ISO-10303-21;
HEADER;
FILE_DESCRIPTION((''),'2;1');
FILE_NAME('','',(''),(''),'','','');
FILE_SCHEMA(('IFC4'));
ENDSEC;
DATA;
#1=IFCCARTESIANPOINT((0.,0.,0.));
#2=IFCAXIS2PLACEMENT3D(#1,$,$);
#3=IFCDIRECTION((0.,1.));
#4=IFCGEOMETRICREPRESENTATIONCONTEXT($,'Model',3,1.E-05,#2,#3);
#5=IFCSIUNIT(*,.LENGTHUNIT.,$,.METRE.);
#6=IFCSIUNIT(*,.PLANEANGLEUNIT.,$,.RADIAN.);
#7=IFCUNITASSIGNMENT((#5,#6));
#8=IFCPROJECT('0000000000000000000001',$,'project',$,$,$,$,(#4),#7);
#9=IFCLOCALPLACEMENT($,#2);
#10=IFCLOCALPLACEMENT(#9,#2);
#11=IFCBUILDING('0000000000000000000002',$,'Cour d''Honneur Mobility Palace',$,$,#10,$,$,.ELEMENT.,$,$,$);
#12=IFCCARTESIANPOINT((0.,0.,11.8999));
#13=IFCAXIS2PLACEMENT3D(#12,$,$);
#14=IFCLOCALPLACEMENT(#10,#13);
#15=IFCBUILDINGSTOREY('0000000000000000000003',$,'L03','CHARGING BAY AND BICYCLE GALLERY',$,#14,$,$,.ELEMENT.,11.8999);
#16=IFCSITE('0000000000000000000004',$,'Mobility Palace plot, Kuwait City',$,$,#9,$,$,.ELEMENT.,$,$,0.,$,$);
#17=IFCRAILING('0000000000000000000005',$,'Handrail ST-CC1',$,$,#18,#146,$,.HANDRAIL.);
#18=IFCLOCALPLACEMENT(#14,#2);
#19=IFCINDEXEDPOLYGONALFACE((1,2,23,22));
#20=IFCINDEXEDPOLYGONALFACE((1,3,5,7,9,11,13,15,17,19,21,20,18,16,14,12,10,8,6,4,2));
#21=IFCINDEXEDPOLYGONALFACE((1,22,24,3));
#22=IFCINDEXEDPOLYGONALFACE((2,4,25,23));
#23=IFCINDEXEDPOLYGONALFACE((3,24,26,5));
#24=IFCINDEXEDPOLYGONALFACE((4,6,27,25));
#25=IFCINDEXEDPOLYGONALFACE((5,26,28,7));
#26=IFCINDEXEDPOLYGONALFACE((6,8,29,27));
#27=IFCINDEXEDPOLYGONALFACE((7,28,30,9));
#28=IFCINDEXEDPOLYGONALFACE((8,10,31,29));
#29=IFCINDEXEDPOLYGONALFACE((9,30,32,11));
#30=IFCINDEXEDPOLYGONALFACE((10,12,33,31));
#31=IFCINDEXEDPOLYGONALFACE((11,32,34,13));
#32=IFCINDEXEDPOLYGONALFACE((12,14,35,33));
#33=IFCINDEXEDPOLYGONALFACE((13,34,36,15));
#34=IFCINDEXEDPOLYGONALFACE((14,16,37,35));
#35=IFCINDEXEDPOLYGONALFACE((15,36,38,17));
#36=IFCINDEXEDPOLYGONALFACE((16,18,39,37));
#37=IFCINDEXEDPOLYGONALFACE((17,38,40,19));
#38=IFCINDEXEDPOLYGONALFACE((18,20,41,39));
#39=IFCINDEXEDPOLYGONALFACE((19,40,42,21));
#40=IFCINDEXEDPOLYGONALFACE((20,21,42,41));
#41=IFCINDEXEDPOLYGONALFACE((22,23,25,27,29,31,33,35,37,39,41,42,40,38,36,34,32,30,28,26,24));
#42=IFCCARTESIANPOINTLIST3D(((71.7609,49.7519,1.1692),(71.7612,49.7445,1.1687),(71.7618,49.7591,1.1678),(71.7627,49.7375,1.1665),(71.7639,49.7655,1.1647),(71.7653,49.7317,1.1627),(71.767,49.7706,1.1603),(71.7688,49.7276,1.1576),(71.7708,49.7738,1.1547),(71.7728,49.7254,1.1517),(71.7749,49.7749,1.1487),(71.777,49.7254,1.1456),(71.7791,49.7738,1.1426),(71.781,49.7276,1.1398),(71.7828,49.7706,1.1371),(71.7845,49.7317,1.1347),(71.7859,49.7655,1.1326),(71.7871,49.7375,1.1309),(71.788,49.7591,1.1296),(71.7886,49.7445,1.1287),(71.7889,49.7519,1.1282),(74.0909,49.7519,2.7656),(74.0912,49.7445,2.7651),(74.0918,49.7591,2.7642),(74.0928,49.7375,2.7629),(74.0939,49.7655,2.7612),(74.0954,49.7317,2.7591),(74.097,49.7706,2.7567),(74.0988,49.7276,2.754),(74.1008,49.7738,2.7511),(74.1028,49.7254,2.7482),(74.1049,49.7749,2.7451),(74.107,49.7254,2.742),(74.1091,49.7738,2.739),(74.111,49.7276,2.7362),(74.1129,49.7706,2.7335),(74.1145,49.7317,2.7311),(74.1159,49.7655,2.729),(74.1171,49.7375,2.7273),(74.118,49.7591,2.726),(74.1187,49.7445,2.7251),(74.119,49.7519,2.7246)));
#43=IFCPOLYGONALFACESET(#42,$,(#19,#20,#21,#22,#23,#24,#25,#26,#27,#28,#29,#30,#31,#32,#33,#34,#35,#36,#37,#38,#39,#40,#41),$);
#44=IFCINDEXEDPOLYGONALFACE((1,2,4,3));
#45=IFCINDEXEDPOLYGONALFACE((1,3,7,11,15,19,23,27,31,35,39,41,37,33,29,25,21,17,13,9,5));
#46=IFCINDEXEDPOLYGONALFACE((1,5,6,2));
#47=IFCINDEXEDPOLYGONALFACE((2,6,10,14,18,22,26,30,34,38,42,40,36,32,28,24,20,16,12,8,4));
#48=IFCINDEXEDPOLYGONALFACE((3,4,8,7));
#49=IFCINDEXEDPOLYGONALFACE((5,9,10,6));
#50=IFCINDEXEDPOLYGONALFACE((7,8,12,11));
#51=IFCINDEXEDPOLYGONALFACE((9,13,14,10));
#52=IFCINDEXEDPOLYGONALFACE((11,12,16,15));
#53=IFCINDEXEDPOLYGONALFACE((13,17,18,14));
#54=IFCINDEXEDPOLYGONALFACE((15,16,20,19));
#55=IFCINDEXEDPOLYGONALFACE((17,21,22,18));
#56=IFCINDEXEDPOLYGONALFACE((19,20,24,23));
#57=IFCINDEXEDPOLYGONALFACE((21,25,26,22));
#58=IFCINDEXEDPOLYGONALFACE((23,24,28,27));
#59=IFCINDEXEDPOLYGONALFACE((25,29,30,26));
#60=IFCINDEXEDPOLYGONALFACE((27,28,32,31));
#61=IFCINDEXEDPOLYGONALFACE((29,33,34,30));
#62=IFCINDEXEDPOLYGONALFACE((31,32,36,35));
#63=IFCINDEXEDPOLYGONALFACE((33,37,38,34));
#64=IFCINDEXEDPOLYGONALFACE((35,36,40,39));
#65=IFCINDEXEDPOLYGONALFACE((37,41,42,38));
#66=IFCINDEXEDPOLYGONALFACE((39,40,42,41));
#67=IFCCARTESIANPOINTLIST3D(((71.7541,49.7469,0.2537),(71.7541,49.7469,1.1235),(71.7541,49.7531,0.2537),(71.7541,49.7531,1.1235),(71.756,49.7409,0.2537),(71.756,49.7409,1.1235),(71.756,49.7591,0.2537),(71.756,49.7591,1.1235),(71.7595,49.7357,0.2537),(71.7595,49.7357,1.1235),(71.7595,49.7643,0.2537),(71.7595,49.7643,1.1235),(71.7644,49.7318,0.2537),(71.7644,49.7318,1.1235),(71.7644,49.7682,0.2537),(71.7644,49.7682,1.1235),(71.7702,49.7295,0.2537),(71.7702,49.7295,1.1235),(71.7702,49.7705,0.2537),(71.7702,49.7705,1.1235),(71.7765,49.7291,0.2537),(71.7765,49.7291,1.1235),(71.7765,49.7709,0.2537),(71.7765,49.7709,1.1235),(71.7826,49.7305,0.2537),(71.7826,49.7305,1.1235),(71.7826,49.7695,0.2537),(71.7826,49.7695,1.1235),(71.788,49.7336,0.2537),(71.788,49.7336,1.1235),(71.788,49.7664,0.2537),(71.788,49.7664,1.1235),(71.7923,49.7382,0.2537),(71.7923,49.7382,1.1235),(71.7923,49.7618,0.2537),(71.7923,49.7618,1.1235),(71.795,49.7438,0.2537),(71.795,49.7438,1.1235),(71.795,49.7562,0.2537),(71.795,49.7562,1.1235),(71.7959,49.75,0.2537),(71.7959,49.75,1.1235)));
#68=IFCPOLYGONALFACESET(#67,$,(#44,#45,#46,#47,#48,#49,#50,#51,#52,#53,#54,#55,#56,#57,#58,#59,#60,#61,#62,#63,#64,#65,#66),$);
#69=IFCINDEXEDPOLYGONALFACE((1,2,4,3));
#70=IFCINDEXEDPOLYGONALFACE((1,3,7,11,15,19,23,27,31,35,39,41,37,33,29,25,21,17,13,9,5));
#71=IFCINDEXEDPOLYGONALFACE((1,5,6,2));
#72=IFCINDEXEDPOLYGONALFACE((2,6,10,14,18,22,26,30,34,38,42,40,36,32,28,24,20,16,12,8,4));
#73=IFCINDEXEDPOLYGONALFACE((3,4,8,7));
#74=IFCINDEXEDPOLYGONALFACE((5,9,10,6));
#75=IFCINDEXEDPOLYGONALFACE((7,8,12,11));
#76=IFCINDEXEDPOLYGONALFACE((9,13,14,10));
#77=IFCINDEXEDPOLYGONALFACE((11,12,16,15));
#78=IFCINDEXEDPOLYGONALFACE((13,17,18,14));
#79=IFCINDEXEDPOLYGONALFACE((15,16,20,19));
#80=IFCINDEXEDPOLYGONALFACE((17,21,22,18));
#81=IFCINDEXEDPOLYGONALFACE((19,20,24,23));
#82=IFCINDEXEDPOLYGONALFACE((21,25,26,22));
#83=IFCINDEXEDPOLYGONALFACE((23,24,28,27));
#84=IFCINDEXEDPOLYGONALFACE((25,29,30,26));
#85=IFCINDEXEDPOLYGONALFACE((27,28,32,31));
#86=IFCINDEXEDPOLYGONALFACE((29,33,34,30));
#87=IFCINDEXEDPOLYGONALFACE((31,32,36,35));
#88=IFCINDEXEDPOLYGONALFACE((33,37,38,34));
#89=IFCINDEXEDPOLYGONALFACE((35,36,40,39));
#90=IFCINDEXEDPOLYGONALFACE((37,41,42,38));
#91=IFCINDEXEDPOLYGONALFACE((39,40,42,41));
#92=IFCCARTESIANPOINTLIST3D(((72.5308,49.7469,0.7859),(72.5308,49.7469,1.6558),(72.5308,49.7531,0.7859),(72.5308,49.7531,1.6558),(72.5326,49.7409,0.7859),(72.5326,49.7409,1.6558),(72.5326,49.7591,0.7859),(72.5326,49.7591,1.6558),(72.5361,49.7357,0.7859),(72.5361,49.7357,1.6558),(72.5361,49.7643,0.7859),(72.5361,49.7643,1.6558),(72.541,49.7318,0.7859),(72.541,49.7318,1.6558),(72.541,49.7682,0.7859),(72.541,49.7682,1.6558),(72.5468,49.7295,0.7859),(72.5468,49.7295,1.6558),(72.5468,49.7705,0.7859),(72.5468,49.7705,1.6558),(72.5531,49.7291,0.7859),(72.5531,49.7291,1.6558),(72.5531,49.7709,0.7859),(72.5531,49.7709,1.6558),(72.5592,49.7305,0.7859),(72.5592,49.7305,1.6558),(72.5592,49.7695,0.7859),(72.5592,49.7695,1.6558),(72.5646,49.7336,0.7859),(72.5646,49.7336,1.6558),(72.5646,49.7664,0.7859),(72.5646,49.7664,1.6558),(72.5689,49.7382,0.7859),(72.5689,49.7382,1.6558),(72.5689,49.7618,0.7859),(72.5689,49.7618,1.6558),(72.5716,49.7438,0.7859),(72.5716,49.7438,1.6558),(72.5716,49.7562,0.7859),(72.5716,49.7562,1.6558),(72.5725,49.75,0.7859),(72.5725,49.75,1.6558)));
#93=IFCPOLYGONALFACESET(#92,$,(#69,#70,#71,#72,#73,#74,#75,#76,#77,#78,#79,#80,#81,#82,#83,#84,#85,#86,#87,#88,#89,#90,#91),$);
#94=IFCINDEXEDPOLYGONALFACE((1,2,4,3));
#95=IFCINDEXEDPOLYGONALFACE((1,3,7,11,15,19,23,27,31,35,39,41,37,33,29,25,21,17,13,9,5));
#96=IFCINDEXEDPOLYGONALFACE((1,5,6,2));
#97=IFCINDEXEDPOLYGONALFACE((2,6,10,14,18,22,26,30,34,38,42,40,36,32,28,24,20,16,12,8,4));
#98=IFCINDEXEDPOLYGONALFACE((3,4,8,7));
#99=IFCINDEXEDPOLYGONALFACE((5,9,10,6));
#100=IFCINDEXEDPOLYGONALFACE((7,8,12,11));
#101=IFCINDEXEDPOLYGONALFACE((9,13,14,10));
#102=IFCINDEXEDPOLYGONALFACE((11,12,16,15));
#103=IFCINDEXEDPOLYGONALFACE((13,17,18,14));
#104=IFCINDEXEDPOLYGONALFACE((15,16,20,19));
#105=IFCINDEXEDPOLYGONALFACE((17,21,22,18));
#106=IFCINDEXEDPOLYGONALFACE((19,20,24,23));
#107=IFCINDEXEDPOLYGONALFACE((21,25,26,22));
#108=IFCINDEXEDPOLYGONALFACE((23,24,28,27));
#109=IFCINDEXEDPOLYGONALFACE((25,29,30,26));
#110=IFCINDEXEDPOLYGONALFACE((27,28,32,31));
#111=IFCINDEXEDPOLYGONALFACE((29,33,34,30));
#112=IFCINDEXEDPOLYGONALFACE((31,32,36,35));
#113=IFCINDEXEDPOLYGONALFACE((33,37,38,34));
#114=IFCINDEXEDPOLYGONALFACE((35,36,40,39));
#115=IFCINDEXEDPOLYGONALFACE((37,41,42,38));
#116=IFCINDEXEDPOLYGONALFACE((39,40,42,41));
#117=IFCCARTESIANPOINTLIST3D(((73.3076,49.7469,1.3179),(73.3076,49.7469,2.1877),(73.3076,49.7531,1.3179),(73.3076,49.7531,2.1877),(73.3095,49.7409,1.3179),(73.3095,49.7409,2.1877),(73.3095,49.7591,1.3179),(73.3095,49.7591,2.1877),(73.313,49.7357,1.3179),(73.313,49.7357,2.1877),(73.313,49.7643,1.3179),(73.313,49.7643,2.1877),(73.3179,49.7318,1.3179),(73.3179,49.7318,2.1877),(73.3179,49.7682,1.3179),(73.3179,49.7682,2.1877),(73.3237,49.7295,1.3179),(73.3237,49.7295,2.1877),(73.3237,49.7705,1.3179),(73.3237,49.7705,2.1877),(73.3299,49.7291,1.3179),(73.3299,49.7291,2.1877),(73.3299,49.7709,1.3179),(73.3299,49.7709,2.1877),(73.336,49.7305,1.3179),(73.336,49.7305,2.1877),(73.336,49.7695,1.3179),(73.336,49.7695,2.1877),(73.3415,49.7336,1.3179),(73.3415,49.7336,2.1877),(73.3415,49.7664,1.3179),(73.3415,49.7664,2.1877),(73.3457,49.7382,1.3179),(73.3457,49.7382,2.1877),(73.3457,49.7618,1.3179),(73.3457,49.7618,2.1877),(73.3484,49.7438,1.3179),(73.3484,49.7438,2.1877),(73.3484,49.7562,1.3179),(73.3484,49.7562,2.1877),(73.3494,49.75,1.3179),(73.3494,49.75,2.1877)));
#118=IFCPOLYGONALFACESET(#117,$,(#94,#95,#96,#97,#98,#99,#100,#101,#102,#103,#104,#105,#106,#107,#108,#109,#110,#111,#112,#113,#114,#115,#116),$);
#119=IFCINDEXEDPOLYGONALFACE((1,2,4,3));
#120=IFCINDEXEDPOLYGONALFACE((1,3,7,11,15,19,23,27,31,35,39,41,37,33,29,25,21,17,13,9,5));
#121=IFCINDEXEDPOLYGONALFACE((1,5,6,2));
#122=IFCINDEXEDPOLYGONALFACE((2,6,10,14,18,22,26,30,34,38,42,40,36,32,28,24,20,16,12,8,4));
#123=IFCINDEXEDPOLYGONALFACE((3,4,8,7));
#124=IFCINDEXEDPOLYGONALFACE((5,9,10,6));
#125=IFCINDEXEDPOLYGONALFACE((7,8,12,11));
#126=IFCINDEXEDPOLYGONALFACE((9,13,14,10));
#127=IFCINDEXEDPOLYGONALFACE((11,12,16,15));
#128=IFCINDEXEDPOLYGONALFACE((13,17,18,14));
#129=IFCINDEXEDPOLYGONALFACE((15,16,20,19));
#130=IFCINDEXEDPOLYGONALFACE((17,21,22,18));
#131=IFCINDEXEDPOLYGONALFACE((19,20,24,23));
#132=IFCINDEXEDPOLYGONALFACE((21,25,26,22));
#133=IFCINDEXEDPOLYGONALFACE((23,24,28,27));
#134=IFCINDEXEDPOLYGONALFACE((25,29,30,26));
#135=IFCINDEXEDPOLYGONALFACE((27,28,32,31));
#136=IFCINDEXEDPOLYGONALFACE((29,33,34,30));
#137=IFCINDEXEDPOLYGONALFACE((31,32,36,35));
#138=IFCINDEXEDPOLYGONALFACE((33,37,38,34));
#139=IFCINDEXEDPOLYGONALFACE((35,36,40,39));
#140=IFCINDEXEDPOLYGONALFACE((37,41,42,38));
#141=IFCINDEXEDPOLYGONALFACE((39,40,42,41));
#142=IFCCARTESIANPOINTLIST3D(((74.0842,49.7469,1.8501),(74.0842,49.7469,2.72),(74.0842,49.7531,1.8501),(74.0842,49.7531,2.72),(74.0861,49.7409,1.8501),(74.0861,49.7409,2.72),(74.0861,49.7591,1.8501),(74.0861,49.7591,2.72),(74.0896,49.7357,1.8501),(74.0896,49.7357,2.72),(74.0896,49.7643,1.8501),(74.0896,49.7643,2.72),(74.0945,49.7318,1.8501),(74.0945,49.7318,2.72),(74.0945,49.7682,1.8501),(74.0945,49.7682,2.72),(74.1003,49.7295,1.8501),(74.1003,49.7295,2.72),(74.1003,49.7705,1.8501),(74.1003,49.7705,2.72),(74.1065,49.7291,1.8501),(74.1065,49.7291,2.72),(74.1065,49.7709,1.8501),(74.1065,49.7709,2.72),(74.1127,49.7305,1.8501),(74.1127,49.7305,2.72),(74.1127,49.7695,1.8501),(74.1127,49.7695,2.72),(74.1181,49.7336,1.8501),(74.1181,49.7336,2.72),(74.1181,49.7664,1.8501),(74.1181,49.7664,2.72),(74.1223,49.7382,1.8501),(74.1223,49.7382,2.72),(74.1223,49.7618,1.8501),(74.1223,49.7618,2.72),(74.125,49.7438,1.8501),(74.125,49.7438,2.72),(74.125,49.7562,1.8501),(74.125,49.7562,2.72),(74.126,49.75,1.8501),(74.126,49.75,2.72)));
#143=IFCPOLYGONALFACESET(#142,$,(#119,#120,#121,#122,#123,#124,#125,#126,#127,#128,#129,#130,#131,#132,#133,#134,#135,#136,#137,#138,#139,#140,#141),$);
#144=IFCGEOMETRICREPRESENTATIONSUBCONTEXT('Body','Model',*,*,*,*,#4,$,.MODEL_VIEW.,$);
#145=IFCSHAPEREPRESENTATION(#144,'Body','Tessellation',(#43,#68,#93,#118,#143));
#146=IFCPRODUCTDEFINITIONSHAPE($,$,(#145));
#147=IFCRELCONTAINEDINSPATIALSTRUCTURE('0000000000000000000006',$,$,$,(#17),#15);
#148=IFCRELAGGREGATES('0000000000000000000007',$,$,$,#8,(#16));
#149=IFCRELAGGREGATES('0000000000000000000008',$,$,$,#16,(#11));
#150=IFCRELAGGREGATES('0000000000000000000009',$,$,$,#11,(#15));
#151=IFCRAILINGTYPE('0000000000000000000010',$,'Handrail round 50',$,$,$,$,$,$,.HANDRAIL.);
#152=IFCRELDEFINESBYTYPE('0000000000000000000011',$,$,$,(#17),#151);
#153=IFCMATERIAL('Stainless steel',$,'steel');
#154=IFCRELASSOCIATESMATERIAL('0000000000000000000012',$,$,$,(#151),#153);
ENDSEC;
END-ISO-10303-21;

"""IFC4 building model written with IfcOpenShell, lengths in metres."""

from ifc_helpers import new_model, si_unit, direction, frame, origin, origin_2d, place, context, subcontext, project, spatial, circle, extrude, material, type_object, element, save


model = new_model("IFC4")

# Units and contexts
model_context = context("Model", 3, precision=1e-05, world=origin(), true_north=direction((0.0, 1.0)))
body_context = subcontext(model_context, "Body", "Model", "MODEL_VIEW")
ifc_project = project(units=[si_unit("LENGTHUNIT", "METRE"), si_unit("PLANEANGLEUNIT", "RADIAN")], contexts=[model_context])

# Site, building, storey
site_placement = place(None, origin())
site = spatial("IfcSite", under=ifc_project, at=site_placement, Name="Mobility Palace plot, Kuwait City", CompositionType="ELEMENT", RefElevation=0.0)
building_placement = place(site_placement, origin())
building = spatial("IfcBuilding", under=site, at=building_placement, Name="Cour d'Honneur Mobility Palace", CompositionType="ELEMENT")
storey_placement = place(building_placement, frame((0.0, 0.0, 11.8999)))
storey = spatial("IfcBuildingStorey", under=building, at=storey_placement, Name="L03", Description="CHARGING BAY AND BICYCLE GALLERY", CompositionType="ELEMENT", Elevation=11.8999)

# Railing
ifc_material_1 = material(Name="Stainless steel", Category="steel")
railing_type_1 = type_object("IfcRailingType", Name="Handrail round 50", PredefinedType="HANDRAIL", material=ifc_material_1)
railing_1_placement = place(storey_placement, frame((71.7749, 49.75, 0.2537)))
element("IfcRailing", 1, at=railing_1_placement, inside=storey, type_object=railing_type_1, Name="Handrail ST-CC1", PredefinedType="HANDRAIL", context=body_context, shape_type="SweptSolid", body=[
    extrude(circle(Radius=0.0249, at=origin_2d()), frame((0.0, 0.0, 0.895), z_axis=(0.824949, 0.0, 0.565207), x_axis=(0.0, 1.0, 0.0)), (0.0, 0.0, 1.0), 2.8245),
    extrude(circle(Radius=0.021, at=origin_2d()), origin(), (0.0, 0.0, 1.0), 0.8699),
    extrude(circle(Radius=0.021, at=origin_2d()), frame((0.7766, 0.0, 0.5322)), (0.0, 0.0, 1.0), 0.8699),
    extrude(circle(Radius=0.021, at=origin_2d()), frame((1.5535, 0.0, 1.0642)), (0.0, 0.0, 1.0), 0.8699),
    extrude(circle(Radius=0.021, at=origin_2d()), frame((2.3301, 0.0, 1.5964)), (0.0, 0.0, 1.0), 0.8699),
])

save(model, "model.ifc")
